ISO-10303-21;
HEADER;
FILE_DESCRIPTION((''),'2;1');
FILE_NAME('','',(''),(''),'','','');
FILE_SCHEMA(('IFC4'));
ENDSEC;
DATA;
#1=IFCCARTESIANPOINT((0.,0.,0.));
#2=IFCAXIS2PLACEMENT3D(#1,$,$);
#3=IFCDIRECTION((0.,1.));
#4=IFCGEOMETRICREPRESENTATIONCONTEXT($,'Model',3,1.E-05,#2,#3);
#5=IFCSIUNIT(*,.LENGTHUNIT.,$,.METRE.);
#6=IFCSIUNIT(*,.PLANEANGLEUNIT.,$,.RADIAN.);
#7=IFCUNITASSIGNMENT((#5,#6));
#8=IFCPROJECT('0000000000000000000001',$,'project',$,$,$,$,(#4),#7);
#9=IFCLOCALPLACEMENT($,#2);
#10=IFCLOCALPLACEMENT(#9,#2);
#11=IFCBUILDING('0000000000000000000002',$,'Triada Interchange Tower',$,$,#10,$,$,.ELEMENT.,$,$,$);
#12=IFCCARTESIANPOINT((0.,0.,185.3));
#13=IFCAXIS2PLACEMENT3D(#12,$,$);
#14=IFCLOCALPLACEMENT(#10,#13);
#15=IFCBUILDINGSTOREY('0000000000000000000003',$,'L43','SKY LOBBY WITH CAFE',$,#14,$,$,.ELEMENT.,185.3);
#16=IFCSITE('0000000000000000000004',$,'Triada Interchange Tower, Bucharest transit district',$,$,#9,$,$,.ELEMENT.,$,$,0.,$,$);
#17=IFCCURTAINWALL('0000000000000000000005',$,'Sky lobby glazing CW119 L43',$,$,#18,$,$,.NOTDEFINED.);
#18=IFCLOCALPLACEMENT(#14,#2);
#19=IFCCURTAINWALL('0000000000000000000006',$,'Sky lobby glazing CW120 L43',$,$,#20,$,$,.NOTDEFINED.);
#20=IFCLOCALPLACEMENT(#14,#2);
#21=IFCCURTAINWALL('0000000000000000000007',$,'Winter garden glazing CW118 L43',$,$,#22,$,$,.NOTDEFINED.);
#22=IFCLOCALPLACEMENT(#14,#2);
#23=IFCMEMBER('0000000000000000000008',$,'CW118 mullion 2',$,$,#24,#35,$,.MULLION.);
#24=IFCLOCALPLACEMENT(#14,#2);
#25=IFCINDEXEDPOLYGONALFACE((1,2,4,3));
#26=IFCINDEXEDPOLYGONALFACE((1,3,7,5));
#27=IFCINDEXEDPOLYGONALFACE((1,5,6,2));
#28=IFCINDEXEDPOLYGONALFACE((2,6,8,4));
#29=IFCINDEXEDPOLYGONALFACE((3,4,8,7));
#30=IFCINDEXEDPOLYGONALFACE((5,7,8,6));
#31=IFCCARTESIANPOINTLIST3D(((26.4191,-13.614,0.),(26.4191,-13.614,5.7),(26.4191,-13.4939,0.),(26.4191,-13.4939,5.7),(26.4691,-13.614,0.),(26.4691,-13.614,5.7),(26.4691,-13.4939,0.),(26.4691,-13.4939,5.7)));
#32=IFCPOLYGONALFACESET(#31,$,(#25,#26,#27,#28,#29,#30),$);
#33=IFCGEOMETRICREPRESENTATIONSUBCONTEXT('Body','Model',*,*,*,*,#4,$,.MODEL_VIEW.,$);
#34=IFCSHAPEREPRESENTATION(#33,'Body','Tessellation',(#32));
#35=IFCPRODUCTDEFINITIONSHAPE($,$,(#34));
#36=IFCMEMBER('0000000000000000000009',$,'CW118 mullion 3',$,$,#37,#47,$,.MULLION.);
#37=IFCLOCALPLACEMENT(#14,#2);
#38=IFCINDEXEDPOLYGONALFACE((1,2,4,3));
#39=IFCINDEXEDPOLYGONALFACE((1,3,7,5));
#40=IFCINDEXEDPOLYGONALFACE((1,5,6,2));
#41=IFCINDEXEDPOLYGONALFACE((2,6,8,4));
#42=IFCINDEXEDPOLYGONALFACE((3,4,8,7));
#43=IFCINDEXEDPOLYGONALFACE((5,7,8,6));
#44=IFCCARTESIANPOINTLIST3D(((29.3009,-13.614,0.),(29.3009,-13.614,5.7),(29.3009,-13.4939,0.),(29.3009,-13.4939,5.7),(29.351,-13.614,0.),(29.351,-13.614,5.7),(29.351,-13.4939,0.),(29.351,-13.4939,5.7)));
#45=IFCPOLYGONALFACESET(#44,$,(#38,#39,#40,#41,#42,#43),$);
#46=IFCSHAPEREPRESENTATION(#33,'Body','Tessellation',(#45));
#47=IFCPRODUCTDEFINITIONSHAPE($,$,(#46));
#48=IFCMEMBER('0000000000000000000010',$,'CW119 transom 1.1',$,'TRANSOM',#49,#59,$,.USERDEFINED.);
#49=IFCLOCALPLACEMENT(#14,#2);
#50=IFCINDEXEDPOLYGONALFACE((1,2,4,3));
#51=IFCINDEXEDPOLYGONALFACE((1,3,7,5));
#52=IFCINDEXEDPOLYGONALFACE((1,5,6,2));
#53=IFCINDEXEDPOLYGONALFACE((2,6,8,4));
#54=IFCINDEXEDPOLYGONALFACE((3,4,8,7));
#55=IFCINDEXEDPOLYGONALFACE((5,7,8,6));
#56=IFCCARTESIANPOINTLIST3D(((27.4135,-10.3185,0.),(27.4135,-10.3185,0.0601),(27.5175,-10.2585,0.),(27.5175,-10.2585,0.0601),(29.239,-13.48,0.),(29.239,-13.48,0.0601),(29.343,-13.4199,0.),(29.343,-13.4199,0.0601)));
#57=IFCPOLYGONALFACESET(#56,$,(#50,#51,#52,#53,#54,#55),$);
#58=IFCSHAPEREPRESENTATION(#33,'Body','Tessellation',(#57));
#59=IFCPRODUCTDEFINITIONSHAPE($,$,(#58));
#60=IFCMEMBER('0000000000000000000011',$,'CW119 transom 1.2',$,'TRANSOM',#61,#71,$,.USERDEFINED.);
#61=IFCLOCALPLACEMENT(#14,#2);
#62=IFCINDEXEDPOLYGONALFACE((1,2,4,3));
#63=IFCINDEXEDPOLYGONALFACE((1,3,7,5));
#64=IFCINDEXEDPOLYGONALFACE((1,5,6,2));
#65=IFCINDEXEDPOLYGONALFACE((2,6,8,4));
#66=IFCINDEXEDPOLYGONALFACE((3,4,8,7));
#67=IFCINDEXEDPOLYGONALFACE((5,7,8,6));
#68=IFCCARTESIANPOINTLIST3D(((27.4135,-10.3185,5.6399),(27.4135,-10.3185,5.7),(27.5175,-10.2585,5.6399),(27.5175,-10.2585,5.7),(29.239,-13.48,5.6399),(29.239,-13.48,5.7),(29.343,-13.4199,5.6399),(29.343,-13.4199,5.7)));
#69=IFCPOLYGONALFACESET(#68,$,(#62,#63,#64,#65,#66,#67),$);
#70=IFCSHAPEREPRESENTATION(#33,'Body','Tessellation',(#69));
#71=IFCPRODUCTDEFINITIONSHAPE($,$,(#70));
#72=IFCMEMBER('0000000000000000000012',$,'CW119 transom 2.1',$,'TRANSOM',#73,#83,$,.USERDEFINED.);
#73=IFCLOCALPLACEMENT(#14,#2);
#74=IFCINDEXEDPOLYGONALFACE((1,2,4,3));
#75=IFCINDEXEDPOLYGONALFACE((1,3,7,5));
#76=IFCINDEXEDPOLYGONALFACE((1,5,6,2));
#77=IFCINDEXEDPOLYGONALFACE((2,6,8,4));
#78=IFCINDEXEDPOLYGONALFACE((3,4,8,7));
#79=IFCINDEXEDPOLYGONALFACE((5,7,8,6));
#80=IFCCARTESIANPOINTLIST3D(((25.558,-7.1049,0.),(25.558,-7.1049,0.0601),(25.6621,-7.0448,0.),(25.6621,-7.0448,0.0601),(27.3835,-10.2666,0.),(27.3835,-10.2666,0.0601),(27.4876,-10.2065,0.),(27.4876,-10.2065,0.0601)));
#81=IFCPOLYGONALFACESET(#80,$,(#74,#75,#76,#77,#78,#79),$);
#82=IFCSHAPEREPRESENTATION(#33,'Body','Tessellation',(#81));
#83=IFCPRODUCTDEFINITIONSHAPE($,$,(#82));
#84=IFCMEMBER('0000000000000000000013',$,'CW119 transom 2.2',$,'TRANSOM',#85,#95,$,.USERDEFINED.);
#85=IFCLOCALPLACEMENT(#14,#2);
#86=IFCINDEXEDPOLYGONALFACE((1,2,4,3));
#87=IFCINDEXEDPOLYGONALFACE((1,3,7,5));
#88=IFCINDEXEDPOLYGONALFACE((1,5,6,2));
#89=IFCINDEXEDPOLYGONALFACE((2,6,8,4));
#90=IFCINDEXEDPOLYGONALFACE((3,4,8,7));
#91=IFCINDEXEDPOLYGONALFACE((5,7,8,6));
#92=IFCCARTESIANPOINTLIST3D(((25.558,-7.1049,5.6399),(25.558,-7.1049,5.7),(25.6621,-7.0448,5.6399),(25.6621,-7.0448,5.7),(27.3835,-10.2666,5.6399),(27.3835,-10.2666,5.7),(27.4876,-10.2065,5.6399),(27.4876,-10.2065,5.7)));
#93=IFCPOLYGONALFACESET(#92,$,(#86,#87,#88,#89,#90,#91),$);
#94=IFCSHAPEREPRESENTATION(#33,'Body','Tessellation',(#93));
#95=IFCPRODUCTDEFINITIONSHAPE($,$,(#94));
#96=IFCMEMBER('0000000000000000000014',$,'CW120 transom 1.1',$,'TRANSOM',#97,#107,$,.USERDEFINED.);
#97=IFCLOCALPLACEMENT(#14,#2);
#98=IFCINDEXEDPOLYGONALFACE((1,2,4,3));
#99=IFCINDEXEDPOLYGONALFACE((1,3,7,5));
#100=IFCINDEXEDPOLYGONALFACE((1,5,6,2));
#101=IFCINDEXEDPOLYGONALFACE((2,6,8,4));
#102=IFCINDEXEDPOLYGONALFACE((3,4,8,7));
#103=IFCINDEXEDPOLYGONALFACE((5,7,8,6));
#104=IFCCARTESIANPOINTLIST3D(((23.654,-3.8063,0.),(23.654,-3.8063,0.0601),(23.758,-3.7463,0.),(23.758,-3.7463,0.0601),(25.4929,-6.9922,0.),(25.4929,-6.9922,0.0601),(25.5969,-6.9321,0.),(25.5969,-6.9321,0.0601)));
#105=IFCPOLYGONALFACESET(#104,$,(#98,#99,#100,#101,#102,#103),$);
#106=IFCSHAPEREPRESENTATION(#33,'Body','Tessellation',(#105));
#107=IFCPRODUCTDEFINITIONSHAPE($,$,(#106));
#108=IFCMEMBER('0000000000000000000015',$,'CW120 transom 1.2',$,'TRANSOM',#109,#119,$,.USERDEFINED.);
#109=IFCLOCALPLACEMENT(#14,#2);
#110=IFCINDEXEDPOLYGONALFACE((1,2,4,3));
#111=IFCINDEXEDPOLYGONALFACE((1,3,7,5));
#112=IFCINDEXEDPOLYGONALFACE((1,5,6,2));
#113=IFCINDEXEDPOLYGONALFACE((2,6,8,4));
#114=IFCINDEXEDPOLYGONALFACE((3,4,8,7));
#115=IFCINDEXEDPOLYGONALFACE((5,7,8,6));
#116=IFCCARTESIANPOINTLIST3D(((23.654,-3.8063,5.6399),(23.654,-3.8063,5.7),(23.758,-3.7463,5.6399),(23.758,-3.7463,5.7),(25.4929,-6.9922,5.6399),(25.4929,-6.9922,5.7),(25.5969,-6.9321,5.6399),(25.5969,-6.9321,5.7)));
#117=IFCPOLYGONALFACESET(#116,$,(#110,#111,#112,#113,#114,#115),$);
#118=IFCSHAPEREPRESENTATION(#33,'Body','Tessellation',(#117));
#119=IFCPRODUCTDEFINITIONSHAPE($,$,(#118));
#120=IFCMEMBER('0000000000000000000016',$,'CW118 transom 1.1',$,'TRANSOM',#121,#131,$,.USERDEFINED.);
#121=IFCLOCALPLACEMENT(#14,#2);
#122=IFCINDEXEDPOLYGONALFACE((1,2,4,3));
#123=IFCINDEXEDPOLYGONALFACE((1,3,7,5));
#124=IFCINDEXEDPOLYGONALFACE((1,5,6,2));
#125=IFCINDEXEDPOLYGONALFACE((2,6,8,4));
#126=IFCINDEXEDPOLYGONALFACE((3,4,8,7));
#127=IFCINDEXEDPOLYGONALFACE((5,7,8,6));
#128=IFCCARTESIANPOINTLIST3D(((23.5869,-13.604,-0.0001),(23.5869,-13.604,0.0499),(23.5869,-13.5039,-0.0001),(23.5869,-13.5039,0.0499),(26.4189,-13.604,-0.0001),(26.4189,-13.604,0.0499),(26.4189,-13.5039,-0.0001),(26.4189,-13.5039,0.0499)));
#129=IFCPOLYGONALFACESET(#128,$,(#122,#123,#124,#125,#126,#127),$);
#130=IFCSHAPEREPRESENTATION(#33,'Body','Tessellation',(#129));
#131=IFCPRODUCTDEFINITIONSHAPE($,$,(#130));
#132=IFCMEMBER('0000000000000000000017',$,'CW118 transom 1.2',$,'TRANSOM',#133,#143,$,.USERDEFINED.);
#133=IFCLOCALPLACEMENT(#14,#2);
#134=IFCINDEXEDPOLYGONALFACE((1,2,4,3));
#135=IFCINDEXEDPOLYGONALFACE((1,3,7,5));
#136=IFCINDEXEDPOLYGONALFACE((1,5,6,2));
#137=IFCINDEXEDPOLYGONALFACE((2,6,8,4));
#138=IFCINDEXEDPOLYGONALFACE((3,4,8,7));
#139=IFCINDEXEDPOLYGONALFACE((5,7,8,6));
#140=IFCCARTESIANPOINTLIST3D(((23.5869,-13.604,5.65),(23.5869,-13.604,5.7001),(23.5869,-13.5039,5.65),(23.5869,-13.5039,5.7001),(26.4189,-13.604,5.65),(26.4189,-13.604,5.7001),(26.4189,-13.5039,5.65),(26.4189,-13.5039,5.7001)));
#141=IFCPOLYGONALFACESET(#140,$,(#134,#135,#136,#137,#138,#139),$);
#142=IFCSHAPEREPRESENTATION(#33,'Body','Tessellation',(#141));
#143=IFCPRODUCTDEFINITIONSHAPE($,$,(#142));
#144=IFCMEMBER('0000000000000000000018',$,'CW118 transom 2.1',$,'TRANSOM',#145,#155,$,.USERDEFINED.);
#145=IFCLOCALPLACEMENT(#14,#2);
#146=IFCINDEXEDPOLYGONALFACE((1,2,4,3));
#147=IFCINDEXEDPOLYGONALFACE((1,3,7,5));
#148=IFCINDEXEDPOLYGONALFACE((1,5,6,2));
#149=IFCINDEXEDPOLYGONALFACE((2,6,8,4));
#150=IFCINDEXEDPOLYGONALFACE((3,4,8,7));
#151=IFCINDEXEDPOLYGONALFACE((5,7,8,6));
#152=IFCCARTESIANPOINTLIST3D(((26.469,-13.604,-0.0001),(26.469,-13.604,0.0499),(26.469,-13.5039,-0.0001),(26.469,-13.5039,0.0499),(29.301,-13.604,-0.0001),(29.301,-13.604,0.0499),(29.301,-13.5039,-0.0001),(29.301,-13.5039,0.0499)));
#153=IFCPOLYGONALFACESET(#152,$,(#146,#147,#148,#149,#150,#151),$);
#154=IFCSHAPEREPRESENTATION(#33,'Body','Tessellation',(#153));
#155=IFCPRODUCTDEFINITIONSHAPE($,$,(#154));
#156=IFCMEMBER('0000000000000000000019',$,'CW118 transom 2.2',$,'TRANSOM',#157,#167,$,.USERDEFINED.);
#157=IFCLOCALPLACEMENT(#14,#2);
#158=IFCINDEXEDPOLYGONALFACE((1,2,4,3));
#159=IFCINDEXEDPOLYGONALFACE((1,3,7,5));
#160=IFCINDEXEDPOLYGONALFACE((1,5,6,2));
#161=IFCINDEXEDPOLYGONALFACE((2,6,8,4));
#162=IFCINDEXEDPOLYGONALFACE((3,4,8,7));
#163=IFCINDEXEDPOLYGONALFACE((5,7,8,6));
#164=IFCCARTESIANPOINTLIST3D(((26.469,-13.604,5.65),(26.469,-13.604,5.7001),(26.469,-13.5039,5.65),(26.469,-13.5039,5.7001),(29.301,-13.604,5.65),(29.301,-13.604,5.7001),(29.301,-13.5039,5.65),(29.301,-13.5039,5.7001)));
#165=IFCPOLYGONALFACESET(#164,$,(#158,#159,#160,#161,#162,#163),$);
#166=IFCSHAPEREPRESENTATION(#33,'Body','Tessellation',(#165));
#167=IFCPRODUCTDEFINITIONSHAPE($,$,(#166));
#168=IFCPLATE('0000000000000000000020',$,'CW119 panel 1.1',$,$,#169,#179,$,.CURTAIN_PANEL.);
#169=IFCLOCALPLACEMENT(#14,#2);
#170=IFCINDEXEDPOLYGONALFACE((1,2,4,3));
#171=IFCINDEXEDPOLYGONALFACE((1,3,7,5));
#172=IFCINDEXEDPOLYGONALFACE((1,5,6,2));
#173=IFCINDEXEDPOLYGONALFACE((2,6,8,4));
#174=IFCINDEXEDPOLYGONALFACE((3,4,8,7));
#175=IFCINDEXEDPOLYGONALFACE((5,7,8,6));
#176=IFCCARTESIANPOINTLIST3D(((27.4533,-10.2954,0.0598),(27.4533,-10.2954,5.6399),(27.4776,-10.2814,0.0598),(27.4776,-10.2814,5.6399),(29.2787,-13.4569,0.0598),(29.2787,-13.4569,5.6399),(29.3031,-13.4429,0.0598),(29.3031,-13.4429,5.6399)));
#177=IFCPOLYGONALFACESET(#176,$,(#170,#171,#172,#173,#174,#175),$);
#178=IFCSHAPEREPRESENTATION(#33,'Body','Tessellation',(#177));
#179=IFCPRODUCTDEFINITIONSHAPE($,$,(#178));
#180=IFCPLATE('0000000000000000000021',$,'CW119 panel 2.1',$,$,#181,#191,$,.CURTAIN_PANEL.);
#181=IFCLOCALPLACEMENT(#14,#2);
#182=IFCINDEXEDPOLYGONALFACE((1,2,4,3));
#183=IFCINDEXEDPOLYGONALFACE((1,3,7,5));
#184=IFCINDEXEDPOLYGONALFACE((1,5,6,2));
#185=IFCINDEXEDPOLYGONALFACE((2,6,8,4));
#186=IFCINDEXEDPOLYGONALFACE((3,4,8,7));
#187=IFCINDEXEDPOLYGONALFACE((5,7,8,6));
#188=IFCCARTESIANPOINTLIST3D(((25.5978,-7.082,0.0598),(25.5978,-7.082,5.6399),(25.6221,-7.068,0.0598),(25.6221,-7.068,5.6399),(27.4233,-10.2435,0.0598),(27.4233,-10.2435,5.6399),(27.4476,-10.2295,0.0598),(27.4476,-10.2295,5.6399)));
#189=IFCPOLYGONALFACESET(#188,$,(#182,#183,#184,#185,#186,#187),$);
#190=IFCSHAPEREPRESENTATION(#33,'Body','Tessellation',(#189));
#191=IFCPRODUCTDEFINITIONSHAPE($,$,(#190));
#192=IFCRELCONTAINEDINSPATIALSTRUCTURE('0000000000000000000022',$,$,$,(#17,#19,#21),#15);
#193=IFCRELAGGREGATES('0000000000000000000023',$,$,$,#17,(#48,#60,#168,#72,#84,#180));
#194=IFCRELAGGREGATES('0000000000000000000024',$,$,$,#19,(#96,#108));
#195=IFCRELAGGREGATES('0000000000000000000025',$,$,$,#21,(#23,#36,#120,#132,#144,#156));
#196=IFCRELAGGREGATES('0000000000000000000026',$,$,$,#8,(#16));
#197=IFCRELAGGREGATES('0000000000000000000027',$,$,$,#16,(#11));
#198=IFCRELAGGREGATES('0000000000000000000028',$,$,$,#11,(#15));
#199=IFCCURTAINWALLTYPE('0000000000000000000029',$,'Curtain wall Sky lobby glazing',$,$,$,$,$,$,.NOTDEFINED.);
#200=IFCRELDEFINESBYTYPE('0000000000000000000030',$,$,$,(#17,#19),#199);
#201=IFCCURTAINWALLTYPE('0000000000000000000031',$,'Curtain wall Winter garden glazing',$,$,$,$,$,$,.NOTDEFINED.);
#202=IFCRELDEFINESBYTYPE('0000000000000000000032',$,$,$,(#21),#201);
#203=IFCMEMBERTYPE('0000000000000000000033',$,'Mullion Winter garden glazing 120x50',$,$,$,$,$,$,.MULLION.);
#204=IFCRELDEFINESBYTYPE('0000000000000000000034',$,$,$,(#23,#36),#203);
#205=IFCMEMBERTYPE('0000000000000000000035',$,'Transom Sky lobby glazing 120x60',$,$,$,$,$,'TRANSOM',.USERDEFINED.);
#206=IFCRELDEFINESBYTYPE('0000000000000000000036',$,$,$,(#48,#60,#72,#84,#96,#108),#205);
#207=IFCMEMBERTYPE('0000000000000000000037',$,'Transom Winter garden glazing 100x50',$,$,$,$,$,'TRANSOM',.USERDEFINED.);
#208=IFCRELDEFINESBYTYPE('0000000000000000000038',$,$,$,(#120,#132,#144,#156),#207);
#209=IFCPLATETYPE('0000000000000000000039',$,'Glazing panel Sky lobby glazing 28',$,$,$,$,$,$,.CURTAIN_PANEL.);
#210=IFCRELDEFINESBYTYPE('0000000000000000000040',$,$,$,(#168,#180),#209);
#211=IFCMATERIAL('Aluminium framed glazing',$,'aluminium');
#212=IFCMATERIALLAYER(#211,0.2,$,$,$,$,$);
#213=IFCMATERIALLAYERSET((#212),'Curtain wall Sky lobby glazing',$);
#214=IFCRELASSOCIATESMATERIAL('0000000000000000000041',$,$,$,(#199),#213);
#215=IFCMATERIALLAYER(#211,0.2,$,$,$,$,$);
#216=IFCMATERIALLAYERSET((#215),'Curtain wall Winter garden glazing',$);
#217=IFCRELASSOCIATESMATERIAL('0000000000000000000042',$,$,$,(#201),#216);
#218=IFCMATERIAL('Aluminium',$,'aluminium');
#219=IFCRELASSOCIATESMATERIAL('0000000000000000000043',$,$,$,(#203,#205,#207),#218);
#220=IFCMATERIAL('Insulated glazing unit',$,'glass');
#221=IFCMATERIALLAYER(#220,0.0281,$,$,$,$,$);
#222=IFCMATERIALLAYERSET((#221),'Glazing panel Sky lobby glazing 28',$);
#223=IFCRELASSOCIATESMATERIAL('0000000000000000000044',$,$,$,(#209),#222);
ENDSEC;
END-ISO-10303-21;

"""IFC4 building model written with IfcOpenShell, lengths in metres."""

from ifc_helpers import new_model, si_unit, direction, frame, origin, origin_2d, place, context, subcontext, project, spatial, rectangle, extrude, material, layer, layer_set, material_profile, profile_set, type_object, element, aggregate, save


model = new_model("IFC4")

# Units and contexts
model_context = context("Model", 3, precision=1e-05, world=origin(), true_north=direction((0.0, 1.0)))
body_context = subcontext(model_context, "Body", "Model", "MODEL_VIEW")
ifc_project = project(units=[si_unit("LENGTHUNIT", "METRE"), si_unit("PLANEANGLEUNIT", "RADIAN")], contexts=[model_context])

# Site, building, storey
site_placement = place(None, origin())
site = spatial("IfcSite", under=ifc_project, at=site_placement, Name="Triada Interchange Tower, Bucharest transit district", CompositionType="ELEMENT", RefElevation=0.0)
building_placement = place(site_placement, origin())
building = spatial("IfcBuilding", under=site, at=building_placement, Name="Triada Interchange Tower", CompositionType="ELEMENT")
storey_placement = place(building_placement, frame((0.0, 0.0, 185.3)))
storey = spatial("IfcBuildingStorey", under=building, at=storey_placement, Name="L43", Description="SKY LOBBY WITH CAFE", CompositionType="ELEMENT", Elevation=185.3)

# Curtain walls, members
ifc_material_1 = material(Name="Aluminium framed glazing", Category="aluminium")
ifc_layer_1 = layer(ifc_material_1, 0.2)
ifc_layer_set_1 = layer_set([ifc_layer_1], Name="Curtain wall Sky lobby glazing")
curtain_wall_type_1 = type_object("IfcCurtainWallType", Name="Curtain wall Sky lobby glazing", PredefinedType="NOTDEFINED", material=ifc_layer_set_1)
curtain_wall_1_placement = place(storey_placement, origin())
curtain_wall_1 = element("IfcCurtainWall", 1, at=curtain_wall_1_placement, inside=storey, type_object=curtain_wall_type_1, Name="Sky lobby glazing CW119 L43", PredefinedType="NOTDEFINED")
ifc_material_2 = material(Name="Aluminium", Category="aluminium")
curtain_wall_2_placement = place(storey_placement, origin())
curtain_wall_2 = element("IfcCurtainWall", 2, at=curtain_wall_2_placement, inside=storey, type_object=curtain_wall_type_1, Name="Sky lobby glazing CW120 L43", PredefinedType="NOTDEFINED")
ifc_layer_2 = layer(ifc_material_1, 0.2)
ifc_layer_set_2 = layer_set([ifc_layer_2], Name="Curtain wall Winter garden glazing")
curtain_wall_type_2 = type_object("IfcCurtainWallType", Name="Curtain wall Winter garden glazing", PredefinedType="NOTDEFINED", material=ifc_layer_set_2)
curtain_wall_3_placement = place(storey_placement, origin())
curtain_wall_3 = element("IfcCurtainWall", 3, at=curtain_wall_3_placement, inside=storey, type_object=curtain_wall_type_2, Name="Winter garden glazing CW118 L43", PredefinedType="NOTDEFINED")
ifc_material_profile_1 = material_profile(ifc_material_2, rectangle(XDim=0.1201, YDim=0.05, at=origin_2d()), Name="Aluminium mullion")
ifc_profile_set_1 = profile_set([ifc_material_profile_1], Name="Aluminium")
member_type_1 = type_object("IfcMemberType", Name="Mullion Winter garden glazing 120x50", PredefinedType="MULLION", material=ifc_profile_set_1)
member_1_placement = place(storey_placement, frame((26.4441, -13.554, 0.0), z_axis=(0.0, 0.0, 1.0), x_axis=(0.0, 1.0, 0.0)))
member_1 = element("IfcMember", 4, at=member_1_placement, type_object=member_type_1, Name="CW118 mullion 2", PredefinedType="MULLION", context=body_context, shape_type="SweptSolid", body=[
    extrude(rectangle(XDim=0.1201, YDim=0.05, at=origin_2d()), origin(), (0.0, 0.0, 1.0), 5.7),
])
member_2_placement = place(storey_placement, frame((29.3259, -13.554, 0.0), z_axis=(0.0, 0.0, 1.0), x_axis=(0.0, 1.0, 0.0)))
member_2 = element("IfcMember", 5, at=member_2_placement, type_object=member_type_1, Name="CW118 mullion 3", PredefinedType="MULLION", context=body_context, shape_type="SweptSolid", body=[
    extrude(rectangle(XDim=0.1201, YDim=0.05, at=origin_2d()), origin(), (0.0, 0.0, 1.0), 5.7),
])

# Members
ifc_material_profile_2 = material_profile(ifc_material_2, rectangle(XDim=0.1201, YDim=0.0601, at=origin_2d()), Name="Aluminium transom")
ifc_profile_set_2 = profile_set([ifc_material_profile_2], Name="Aluminium")
member_type_2 = type_object("IfcMemberType", Name="Transom Sky lobby glazing 120x60", ElementType="TRANSOM", PredefinedType="USERDEFINED", material=ifc_profile_set_2)
member_3_placement = place(storey_placement, frame((29.291, -13.45, 0.03), z_axis=(-0.500045, 0.866, 0.0), x_axis=(-0.866, -0.500045, 0.0)))
member_3 = element("IfcMember", 6, at=member_3_placement, type_object=member_type_2, Name="CW119 transom 1.1", ObjectType="TRANSOM", PredefinedType="USERDEFINED", context=body_context, shape_type="SweptSolid", body=[
    extrude(rectangle(XDim=0.1201, YDim=0.0601, at=origin_2d()), origin(), (0.0, 0.0, 1.0), 3.6506),
])
member_4_placement = place(storey_placement, frame((29.291, -13.45, 5.6699), z_axis=(-0.500045, 0.866, 0.0), x_axis=(-0.866, -0.500045, 0.0)))
member_4 = element("IfcMember", 7, at=member_4_placement, type_object=member_type_2, Name="CW119 transom 1.2", ObjectType="TRANSOM", PredefinedType="USERDEFINED", context=body_context, shape_type="SweptSolid", body=[
    extrude(rectangle(XDim=0.1201, YDim=0.0601, at=origin_2d()), origin(), (0.0, 0.0, 1.0), 3.6506),
])
member_5_placement = place(storey_placement, frame((27.4355, -10.2366, 0.03), z_axis=(-0.500016, 0.866016, 0.0), x_axis=(-0.866016, -0.500016, 0.0)))
member_5 = element("IfcMember", 8, at=member_5_placement, type_object=member_type_2, Name="CW119 transom 2.1", ObjectType="TRANSOM", PredefinedType="USERDEFINED", context=body_context, shape_type="SweptSolid", body=[
    extrude(rectangle(XDim=0.1201, YDim=0.0601, at=origin_2d()), origin(), (0.0, 0.0, 1.0), 3.6509),
])
member_6_placement = place(storey_placement, frame((27.4355, -10.2366, 5.6699), z_axis=(-0.500016, 0.866016, 0.0), x_axis=(-0.866016, -0.500016, 0.0)))
member_6 = element("IfcMember", 9, at=member_6_placement, type_object=member_type_2, Name="CW119 transom 2.2", ObjectType="TRANSOM", PredefinedType="USERDEFINED", context=body_context, shape_type="SweptSolid", body=[
    extrude(rectangle(XDim=0.1201, YDim=0.0601, at=origin_2d()), origin(), (0.0, 0.0, 1.0), 3.6509),
])
member_7_placement = place(storey_placement, frame((25.5449, -6.9622, 0.03), z_axis=(-0.499908, 0.866078, 0.0), x_axis=(-0.866078, -0.499908, 0.0)))
member_7 = element("IfcMember", 10, at=member_7_placement, type_object=member_type_2, Name="CW120 transom 1.1", ObjectType="TRANSOM", PredefinedType="USERDEFINED", context=body_context, shape_type="SweptSolid", body=[
    extrude(rectangle(XDim=0.1201, YDim=0.0601, at=origin_2d()), origin(), (0.0, 0.0, 1.0), 3.6785),
])
member_8_placement = place(storey_placement, frame((25.5449, -6.9622, 5.6699), z_axis=(-0.499908, 0.866078, 0.0), x_axis=(-0.866078, -0.499908, 0.0)))
member_8 = element("IfcMember", 11, at=member_8_placement, type_object=member_type_2, Name="CW120 transom 1.2", ObjectType="TRANSOM", PredefinedType="USERDEFINED", context=body_context, shape_type="SweptSolid", body=[
    extrude(rectangle(XDim=0.1201, YDim=0.0601, at=origin_2d()), origin(), (0.0, 0.0, 1.0), 3.6785),
])
ifc_material_profile_3 = material_profile(ifc_material_2, rectangle(XDim=0.1001, YDim=0.05, at=origin_2d()), Name="Aluminium transom")
ifc_profile_set_3 = profile_set([ifc_material_profile_3], Name="Aluminium")
member_type_3 = type_object("IfcMemberType", Name="Transom Winter garden glazing 100x50", ElementType="TRANSOM", PredefinedType="USERDEFINED", material=ifc_profile_set_3)
member_9_placement = place(storey_placement, frame((23.5869, -13.554, 0.0249), z_axis=(1.0, 0.0, 0.0), x_axis=(0.0, 1.0, 0.0)))
member_9 = element("IfcMember", 12, at=member_9_placement, type_object=member_type_3, Name="CW118 transom 1.1", ObjectType="TRANSOM", PredefinedType="USERDEFINED", context=body_context, shape_type="SweptSolid", body=[
    extrude(rectangle(XDim=0.1001, YDim=0.05, at=origin_2d()), origin(), (0.0, 0.0, 1.0), 2.832),
])
member_10_placement = place(storey_placement, frame((23.5869, -13.554, 5.675), z_axis=(1.0, 0.0, 0.0), x_axis=(0.0, 1.0, 0.0)))
member_10 = element("IfcMember", 13, at=member_10_placement, type_object=member_type_3, Name="CW118 transom 1.2", ObjectType="TRANSOM", PredefinedType="USERDEFINED", context=body_context, shape_type="SweptSolid", body=[
    extrude(rectangle(XDim=0.1001, YDim=0.05, at=origin_2d()), origin(), (0.0, 0.0, 1.0), 2.832),
])
member_11_placement = place(storey_placement, frame((26.469, -13.554, 0.0249), z_axis=(1.0, 0.0, 0.0), x_axis=(0.0, 1.0, 0.0)))
member_11 = element("IfcMember", 14, at=member_11_placement, type_object=member_type_3, Name="CW118 transom 2.1", ObjectType="TRANSOM", PredefinedType="USERDEFINED", context=body_context, shape_type="SweptSolid", body=[
    extrude(rectangle(XDim=0.1001, YDim=0.05, at=origin_2d()), origin(), (0.0, 0.0, 1.0), 2.832),
])
member_12_placement = place(storey_placement, frame((26.469, -13.554, 5.675), z_axis=(1.0, 0.0, 0.0), x_axis=(0.0, 1.0, 0.0)))
member_12 = element("IfcMember", 15, at=member_12_placement, type_object=member_type_3, Name="CW118 transom 2.2", ObjectType="TRANSOM", PredefinedType="USERDEFINED", context=body_context, shape_type="SweptSolid", body=[
    extrude(rectangle(XDim=0.1001, YDim=0.05, at=origin_2d()), origin(), (0.0, 0.0, 1.0), 2.832),
])

# Plates
ifc_material_3 = material(Name="Insulated glazing unit", Category="glass")
ifc_layer_3 = layer(ifc_material_3, 0.0281)
ifc_layer_set_3 = layer_set([ifc_layer_3], Name="Glazing panel Sky lobby glazing 28")
plate_type_1 = type_object("IfcPlateType", Name="Glazing panel Sky lobby glazing 28", PredefinedType="CURTAIN_PANEL", material=ifc_layer_set_3)
plate_1_placement = place(storey_placement, frame((28.3782, -11.8691, 0.0598), z_axis=(0.0, 0.0, 1.0), x_axis=(-0.500035, 0.866005, 0.0)))
plate_1 = element("IfcPlate", 16, at=plate_1_placement, type_object=plate_type_1, Name="CW119 panel 1.1", PredefinedType="CURTAIN_PANEL", context=body_context, shape_type="SweptSolid", body=[
    extrude(rectangle(XDim=3.6506, YDim=0.0281, at=origin_2d()), origin(), (0.0, 0.0, 1.0), 5.5801),
])
plate_2_placement = place(storey_placement, frame((26.5227, -8.6558, 0.0598), z_axis=(0.0, 0.0, 1.0), x_axis=(-0.500035, 0.866005, 0.0)))
plate_2 = element("IfcPlate", 17, at=plate_2_placement, type_object=plate_type_1, Name="CW119 panel 2.1", PredefinedType="CURTAIN_PANEL", context=body_context, shape_type="SweptSolid", body=[
    extrude(rectangle(XDim=3.6506, YDim=0.0281, at=origin_2d()), origin(), (0.0, 0.0, 1.0), 5.5801),
])
aggregate(curtain_wall_1, [member_3, member_4, plate_1, member_5, member_6, plate_2])
aggregate(curtain_wall_2, [member_7, member_8])
aggregate(curtain_wall_3, [member_1, member_2, member_9, member_10, member_11, member_12])

save(model, "model.ifc")
